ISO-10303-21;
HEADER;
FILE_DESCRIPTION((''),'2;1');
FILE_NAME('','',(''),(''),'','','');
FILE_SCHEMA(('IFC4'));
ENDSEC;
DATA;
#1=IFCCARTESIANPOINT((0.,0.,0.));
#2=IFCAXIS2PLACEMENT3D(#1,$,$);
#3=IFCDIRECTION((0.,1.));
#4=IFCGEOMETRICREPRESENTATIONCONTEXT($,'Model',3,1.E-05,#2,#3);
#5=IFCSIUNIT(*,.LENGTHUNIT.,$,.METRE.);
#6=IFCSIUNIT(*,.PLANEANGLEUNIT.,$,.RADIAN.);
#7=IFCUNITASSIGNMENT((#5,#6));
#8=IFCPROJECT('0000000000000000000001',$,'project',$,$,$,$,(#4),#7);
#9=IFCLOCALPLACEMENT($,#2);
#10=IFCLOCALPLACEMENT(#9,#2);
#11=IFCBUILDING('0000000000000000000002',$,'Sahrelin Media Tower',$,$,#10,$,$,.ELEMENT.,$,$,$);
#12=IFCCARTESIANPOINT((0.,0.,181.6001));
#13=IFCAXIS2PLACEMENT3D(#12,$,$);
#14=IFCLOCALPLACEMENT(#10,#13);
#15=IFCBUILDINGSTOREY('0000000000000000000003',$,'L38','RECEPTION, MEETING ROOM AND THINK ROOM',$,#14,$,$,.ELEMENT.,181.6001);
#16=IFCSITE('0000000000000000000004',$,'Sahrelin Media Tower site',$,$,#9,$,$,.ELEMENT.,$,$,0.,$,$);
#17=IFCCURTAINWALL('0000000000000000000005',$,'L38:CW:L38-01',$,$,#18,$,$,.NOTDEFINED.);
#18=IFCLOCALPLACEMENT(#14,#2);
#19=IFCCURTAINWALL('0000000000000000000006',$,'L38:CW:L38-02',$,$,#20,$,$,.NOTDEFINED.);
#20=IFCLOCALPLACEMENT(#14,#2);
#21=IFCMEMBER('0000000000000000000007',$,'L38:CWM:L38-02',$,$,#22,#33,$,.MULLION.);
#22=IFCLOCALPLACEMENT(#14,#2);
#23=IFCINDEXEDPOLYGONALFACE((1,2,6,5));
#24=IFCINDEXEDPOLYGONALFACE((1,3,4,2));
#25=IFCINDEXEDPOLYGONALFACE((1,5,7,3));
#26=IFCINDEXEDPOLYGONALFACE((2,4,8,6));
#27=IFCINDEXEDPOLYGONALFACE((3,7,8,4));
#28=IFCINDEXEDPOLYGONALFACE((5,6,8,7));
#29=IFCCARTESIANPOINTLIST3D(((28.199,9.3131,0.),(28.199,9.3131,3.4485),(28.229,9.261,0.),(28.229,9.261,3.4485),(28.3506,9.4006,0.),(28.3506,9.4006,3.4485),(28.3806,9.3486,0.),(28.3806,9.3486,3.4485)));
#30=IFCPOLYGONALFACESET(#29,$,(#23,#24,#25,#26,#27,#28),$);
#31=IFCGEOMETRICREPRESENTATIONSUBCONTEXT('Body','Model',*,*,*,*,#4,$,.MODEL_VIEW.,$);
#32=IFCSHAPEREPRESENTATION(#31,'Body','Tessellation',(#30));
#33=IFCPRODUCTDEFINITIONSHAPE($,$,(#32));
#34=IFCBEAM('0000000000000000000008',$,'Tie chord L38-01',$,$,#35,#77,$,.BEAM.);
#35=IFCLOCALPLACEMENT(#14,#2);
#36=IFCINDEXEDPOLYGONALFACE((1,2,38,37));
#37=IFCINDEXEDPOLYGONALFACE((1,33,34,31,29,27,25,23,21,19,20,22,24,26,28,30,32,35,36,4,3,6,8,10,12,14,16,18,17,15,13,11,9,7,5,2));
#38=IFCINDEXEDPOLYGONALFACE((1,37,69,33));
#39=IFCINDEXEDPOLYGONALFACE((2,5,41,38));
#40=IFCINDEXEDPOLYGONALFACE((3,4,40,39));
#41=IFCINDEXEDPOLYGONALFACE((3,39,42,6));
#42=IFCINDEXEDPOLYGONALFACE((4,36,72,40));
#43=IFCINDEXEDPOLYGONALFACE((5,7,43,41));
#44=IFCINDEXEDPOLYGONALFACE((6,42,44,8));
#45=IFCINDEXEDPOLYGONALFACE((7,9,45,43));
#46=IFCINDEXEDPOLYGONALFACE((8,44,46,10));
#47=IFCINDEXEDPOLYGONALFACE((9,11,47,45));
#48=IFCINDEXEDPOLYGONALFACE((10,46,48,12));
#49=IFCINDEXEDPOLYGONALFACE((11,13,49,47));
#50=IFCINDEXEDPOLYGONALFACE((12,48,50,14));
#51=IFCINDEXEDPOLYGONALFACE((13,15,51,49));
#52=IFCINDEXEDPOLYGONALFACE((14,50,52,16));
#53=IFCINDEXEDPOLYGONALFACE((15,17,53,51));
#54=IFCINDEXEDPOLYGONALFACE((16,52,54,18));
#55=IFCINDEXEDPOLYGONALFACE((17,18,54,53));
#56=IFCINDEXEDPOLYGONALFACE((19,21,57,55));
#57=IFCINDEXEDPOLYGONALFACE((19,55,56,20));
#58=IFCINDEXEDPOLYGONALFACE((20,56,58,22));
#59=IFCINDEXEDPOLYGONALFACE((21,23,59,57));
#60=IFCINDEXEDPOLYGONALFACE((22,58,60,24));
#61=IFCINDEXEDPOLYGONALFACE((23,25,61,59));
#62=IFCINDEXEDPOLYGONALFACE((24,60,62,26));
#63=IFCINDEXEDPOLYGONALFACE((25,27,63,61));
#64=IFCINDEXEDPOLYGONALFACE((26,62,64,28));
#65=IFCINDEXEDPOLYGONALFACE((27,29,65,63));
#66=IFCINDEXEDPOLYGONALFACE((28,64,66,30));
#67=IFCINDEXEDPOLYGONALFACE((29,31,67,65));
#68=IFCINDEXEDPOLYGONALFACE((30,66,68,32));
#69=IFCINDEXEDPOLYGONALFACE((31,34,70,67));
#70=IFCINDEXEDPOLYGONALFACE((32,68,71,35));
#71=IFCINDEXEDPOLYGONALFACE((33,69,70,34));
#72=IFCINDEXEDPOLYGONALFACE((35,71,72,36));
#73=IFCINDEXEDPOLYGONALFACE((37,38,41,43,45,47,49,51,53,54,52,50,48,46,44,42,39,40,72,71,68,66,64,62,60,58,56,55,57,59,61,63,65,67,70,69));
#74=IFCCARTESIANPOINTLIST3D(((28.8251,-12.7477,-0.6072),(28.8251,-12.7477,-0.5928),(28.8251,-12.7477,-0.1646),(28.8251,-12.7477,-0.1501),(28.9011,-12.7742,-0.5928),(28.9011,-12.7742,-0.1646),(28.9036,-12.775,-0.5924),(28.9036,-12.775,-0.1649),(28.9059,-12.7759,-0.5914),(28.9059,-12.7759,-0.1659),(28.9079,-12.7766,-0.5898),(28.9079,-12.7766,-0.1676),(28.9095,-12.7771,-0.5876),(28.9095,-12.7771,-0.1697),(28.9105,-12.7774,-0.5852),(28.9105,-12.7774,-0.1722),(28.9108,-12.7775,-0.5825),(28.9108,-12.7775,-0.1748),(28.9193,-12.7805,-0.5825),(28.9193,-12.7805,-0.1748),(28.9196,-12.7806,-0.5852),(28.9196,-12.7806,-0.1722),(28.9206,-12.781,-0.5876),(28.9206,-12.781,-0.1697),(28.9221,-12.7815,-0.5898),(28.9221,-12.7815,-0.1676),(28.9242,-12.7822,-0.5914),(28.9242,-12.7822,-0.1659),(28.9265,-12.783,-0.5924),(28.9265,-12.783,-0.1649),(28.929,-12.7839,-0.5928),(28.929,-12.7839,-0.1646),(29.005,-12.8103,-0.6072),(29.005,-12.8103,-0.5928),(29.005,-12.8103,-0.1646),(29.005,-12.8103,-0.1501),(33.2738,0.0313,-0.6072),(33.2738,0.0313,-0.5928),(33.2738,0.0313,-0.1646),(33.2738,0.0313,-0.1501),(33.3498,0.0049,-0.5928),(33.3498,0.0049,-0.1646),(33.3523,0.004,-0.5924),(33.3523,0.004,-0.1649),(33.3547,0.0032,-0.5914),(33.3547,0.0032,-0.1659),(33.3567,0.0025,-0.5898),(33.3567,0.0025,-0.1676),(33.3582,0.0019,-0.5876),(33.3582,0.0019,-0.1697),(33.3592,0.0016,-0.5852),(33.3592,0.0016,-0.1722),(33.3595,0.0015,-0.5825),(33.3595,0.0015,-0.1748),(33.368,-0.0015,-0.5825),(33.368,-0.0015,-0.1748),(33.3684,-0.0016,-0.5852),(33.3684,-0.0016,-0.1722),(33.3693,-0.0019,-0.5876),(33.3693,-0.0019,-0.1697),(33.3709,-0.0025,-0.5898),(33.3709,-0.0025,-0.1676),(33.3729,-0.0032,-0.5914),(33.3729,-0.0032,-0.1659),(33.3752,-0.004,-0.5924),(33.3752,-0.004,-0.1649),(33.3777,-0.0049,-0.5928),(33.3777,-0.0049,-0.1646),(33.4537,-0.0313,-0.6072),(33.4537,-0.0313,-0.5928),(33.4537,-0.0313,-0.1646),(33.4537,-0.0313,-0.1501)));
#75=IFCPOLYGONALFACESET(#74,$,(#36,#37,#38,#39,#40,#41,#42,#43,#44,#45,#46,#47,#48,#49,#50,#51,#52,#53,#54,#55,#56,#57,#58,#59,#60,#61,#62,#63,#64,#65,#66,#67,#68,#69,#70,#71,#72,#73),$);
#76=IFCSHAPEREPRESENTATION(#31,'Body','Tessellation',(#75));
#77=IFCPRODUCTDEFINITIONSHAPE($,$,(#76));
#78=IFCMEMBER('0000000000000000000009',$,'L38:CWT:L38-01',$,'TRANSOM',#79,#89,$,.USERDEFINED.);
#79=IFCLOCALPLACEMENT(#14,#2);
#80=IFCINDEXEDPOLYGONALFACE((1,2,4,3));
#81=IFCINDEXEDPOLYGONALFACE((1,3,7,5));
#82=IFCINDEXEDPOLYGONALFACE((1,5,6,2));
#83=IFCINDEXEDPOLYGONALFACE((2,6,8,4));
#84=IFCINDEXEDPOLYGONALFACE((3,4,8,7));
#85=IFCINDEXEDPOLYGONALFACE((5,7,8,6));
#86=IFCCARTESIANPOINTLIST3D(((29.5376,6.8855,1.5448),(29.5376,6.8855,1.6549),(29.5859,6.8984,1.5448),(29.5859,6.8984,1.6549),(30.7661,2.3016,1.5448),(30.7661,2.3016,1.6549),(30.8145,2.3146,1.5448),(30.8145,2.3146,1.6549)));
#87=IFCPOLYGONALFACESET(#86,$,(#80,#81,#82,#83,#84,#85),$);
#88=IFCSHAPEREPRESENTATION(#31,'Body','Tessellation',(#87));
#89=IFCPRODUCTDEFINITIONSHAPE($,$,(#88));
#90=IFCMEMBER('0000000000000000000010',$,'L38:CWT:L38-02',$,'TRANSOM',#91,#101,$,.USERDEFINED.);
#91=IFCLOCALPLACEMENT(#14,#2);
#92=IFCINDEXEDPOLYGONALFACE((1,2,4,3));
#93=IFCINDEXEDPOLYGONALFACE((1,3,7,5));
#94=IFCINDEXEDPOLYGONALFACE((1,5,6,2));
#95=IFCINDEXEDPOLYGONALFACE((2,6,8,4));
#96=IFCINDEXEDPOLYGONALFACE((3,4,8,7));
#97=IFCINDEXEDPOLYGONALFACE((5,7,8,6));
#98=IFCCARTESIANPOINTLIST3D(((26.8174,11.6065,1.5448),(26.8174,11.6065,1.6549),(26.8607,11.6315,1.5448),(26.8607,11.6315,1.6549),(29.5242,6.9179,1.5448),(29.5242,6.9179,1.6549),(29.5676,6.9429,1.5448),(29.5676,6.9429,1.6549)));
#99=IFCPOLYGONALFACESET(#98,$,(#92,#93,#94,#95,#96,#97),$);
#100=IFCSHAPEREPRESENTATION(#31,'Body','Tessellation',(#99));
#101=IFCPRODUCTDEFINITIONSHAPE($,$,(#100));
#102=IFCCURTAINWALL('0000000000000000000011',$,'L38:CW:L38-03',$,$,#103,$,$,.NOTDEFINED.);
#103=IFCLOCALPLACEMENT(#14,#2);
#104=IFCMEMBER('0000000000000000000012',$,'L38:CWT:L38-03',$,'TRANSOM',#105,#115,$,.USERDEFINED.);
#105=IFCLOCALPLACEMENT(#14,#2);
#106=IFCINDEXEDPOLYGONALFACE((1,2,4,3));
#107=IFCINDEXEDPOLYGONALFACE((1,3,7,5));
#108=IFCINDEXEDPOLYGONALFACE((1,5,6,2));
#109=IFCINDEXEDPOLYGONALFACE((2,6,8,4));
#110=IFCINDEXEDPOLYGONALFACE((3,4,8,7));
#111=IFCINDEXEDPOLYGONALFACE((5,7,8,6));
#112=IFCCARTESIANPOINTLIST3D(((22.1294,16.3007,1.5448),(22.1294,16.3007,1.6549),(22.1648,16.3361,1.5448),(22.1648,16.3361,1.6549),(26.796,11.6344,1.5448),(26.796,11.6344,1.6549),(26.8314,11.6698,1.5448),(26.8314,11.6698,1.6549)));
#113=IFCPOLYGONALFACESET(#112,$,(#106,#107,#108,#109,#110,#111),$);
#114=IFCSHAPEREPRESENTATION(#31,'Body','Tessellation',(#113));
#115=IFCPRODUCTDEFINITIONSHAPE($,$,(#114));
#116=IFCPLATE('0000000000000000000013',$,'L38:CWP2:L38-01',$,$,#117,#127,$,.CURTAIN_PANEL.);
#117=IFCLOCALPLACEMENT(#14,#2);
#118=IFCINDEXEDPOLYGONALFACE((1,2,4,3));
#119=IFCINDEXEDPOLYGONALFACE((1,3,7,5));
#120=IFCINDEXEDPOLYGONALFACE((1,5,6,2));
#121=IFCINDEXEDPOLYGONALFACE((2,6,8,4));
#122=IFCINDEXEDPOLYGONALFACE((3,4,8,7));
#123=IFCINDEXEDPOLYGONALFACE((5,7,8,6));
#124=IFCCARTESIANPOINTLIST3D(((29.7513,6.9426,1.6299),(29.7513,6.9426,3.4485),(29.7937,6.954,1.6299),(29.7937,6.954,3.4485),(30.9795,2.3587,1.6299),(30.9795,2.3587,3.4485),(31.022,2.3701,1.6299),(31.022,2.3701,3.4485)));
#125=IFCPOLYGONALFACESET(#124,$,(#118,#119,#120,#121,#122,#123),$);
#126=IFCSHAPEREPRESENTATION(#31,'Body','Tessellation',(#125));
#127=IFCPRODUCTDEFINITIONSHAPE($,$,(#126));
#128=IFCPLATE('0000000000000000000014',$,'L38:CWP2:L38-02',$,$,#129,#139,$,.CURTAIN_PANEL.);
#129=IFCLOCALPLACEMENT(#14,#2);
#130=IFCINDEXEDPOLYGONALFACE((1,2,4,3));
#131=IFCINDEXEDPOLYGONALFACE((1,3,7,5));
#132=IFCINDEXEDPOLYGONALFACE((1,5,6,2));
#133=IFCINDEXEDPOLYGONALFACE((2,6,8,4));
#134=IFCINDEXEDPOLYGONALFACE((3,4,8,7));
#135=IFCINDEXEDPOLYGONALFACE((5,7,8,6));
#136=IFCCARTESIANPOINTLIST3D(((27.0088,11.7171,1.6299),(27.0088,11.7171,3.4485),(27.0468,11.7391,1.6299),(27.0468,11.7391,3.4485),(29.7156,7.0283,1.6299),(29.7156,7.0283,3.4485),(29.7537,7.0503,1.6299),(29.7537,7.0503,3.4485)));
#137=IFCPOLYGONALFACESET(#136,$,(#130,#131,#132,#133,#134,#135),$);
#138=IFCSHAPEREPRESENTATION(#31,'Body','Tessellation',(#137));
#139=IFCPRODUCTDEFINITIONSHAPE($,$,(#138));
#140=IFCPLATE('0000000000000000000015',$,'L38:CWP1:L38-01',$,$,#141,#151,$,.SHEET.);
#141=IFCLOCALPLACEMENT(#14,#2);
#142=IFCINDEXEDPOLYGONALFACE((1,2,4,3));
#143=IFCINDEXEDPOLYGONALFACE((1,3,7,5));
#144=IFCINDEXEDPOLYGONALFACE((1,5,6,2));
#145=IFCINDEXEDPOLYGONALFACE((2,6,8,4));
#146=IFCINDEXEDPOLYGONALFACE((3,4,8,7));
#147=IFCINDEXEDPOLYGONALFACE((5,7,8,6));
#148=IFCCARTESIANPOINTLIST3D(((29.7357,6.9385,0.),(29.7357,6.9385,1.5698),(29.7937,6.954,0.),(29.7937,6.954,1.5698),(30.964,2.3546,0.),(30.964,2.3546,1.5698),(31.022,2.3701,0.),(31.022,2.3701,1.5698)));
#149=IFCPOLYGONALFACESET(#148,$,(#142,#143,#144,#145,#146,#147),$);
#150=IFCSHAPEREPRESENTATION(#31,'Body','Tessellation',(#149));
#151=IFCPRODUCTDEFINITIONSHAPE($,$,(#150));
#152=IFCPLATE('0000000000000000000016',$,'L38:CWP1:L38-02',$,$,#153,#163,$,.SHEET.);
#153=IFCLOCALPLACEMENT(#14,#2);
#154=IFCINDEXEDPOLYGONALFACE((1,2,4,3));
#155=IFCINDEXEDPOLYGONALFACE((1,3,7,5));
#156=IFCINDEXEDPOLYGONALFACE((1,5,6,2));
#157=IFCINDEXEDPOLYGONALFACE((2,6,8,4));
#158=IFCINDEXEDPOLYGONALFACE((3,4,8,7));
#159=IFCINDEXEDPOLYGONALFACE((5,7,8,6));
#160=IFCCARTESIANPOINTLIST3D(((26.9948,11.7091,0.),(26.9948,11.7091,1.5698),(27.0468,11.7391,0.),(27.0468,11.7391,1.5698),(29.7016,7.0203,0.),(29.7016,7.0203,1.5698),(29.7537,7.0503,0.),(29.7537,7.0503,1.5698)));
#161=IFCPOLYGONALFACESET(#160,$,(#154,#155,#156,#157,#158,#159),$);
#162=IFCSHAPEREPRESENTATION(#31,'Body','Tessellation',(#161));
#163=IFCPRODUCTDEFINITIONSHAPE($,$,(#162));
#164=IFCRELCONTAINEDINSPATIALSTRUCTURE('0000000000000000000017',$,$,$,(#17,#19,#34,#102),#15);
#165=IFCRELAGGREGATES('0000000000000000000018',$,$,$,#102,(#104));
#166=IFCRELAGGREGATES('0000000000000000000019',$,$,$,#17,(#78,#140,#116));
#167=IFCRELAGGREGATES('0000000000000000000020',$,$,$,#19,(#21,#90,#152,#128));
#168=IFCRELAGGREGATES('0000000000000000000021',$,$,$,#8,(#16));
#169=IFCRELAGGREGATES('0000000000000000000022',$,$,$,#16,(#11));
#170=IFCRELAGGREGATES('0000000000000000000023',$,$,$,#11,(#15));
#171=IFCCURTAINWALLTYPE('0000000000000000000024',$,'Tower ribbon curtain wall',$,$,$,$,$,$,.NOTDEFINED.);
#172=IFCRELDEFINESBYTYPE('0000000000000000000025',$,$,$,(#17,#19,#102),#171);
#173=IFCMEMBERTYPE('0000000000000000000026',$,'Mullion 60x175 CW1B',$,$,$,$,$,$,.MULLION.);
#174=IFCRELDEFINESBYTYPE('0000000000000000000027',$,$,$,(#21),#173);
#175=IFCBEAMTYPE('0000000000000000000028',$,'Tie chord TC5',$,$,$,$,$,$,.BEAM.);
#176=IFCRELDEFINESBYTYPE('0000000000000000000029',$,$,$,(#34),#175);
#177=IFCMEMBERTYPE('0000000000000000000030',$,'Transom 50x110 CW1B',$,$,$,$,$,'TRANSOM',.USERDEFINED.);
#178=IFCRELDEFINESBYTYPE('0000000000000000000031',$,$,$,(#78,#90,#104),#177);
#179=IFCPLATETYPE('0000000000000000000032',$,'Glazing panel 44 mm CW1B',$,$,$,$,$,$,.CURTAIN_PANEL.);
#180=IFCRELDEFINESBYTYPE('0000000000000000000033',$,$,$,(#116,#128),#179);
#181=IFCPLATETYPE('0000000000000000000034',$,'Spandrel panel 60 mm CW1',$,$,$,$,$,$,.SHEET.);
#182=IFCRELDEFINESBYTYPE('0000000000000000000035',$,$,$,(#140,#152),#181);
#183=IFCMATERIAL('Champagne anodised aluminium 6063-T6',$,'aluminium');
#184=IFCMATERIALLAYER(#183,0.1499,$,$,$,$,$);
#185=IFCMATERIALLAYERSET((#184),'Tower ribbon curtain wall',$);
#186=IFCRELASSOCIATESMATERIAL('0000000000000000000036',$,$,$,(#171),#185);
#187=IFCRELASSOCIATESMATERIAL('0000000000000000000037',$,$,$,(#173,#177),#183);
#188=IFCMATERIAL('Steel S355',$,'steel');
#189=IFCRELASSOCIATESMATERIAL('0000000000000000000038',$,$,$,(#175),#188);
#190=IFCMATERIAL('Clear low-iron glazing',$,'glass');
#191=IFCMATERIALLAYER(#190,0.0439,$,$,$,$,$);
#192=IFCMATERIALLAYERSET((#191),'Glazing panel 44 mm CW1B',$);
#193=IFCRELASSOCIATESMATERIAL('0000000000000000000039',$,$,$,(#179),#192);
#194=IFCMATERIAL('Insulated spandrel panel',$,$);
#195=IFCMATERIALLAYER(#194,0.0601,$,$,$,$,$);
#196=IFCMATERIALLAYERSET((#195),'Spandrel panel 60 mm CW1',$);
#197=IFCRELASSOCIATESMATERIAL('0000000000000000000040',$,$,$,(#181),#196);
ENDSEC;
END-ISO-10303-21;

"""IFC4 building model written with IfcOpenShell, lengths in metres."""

from ifc_helpers import new_model, si_unit, direction, frame, origin, origin_2d, place, context, subcontext, project, spatial, polyline, rectangle, i_section, outline, extrude, material, layer, layer_set, material_profile, profile_set, type_object, element, aggregate, save


model = new_model("IFC4")

# Units and contexts
model_context = context("Model", 3, precision=1e-05, world=origin(), true_north=direction((0.0, 1.0)))
body_context = subcontext(model_context, "Body", "Model", "MODEL_VIEW")
ifc_project = project(units=[si_unit("LENGTHUNIT", "METRE"), si_unit("PLANEANGLEUNIT", "RADIAN")], contexts=[model_context])

# Site, building, storey
site_placement = place(None, origin())
site = spatial("IfcSite", under=ifc_project, at=site_placement, Name="Sahrelin Media Tower site", CompositionType="ELEMENT", RefElevation=0.0)
building_placement = place(site_placement, origin())
building = spatial("IfcBuilding", under=site, at=building_placement, Name="Sahrelin Media Tower", CompositionType="ELEMENT")
storey_placement = place(building_placement, frame((0.0, 0.0, 181.6001)))
storey = spatial("IfcBuildingStorey", under=building, at=storey_placement, Name="L38", Description="RECEPTION, MEETING ROOM AND THINK ROOM", CompositionType="ELEMENT", Elevation=181.6001)

# Shared definitions
ifc_material_1 = material(Name="Steel S355", Category="steel")

# Curtain walls, member
ifc_material_2 = material(Name="Champagne anodised aluminium 6063-T6", Category="aluminium")
ifc_layer_1 = layer(ifc_material_2, 0.1499)
ifc_layer_set_1 = layer_set([ifc_layer_1], Name="Tower ribbon curtain wall")
curtain_wall_type = type_object("IfcCurtainWallType", Name="Tower ribbon curtain wall", PredefinedType="NOTDEFINED", material=ifc_layer_set_1)
ifc_material_profile_1 = material_profile(ifc_material_2, rectangle(XDim=0.0601, YDim=0.175, at=origin_2d()), Name="Mullion 60x175")
ifc_profile_set_1 = profile_set([ifc_material_profile_1], Name="Champagne anodised aluminium 6063-T6")
member_type_1 = type_object("IfcMemberType", Name="Mullion 60x175 CW1B", PredefinedType="MULLION", material=ifc_profile_set_1)
curtain_wall_1_placement = place(storey_placement, frame((30.3884, 4.6567, 0.0), z_axis=(0.0, 0.0, 1.0), x_axis=(1.0, 0.0, 0.0)))
curtain_wall_1 = element("IfcCurtainWall", 1, at=curtain_wall_1_placement, inside=storey, type_object=curtain_wall_type, Name="L38:CW:L38-01", PredefinedType="NOTDEFINED")
curtain_wall_2_placement = place(storey_placement, frame((28.3831, 9.3848, 0.0), z_axis=(0.0, 0.0, 1.0), x_axis=(1.0, 0.0, 0.0)))
curtain_wall_2 = element("IfcCurtainWall", 2, at=curtain_wall_2_placement, inside=storey, type_object=curtain_wall_type, Name="L38:CW:L38-02", PredefinedType="NOTDEFINED")
member_1_placement = place(storey_placement, frame((28.2898, 9.3308, 0.0), z_axis=(0.0, 0.0, 1.0), x_axis=(-0.5, 0.866025, 0.0)))
member_1 = element("IfcMember", 3, at=member_1_placement, type_object=member_type_1, Name="L38:CWM:L38-02", PredefinedType="MULLION", context=body_context, shape_type="SweptSolid", body=[
    extrude(rectangle(XDim=0.0601, YDim=0.175, at=origin_2d()), origin(), (0.0, 0.0, 1.0), 3.4485),
])

# Beam
ifc_material_profile_2 = material_profile(ifc_material_1, i_section(OverallWidth=0.1904, OverallDepth=0.457, WebThickness=0.009, FlangeThickness=0.0144, FilletRadius=0.0103, at=origin_2d()), Name="UB 457x191x74")
ifc_profile_set_2 = profile_set([ifc_material_profile_2], Name="Steel S355")
beam_type_1 = type_object("IfcBeamType", Name="Tie chord TC5", PredefinedType="BEAM", material=ifc_profile_set_2)
beam_1_placement = place(storey_placement, frame((33.3638, 0.0, -0.3787), z_axis=(-0.328774, -0.944409, 0.0), x_axis=(0.944409, -0.328774, 0.0)))
element("IfcBeam", 4, at=beam_1_placement, inside=storey, type_object=beam_type_1, Name="Tie chord L38-01", PredefinedType="BEAM", context=body_context, shape_type="SweptSolid", body=[
    extrude(i_section(OverallWidth=0.1904, OverallDepth=0.457, WebThickness=0.009, FlangeThickness=0.0144, FilletRadius=0.0103, at=origin_2d()), origin(), (0.0, 0.0, 1.0), 13.5312),
])

# Members
ifc_material_profile_3 = material_profile(ifc_material_2, rectangle(XDim=0.05, YDim=0.1101, at=origin_2d()), Name="Transom 50x110")
ifc_profile_set_3 = profile_set([ifc_material_profile_3], Name="Champagne anodised aluminium 6063-T6")
member_type_2 = type_object("IfcMemberType", Name="Transom 50x110 CW1B", ElementType="TRANSOM", PredefinedType="USERDEFINED", material=ifc_profile_set_3)
member_2_placement = place(storey_placement, frame((30.7903, 2.3081, 1.5999), z_axis=(-0.258879, 0.96591, 0.0), x_axis=(-0.96591, -0.258879, 0.0)))
member_2 = element("IfcMember", 5, at=member_2_placement, type_object=member_type_2, Name="L38:CWT:L38-01", ObjectType="TRANSOM", PredefinedType="USERDEFINED", context=body_context, shape_type="SweptSolid", body=[
    extrude(rectangle(XDim=0.05, YDim=0.1101, at=origin_2d()), origin(), (0.0, 0.0, 1.0), 4.7456),
])
member_3_placement = place(storey_placement, frame((29.5459, 6.9304, 1.5999), z_axis=(-0.499985, 0.866034, 0.0), x_axis=(-0.866034, -0.499985, 0.0)))
member_3 = element("IfcMember", 6, at=member_3_placement, type_object=member_type_2, Name="L38:CWT:L38-02", ObjectType="TRANSOM", PredefinedType="USERDEFINED", context=body_context, shape_type="SweptSolid", body=[
    extrude(rectangle(XDim=0.05, YDim=0.1101, at=origin_2d()), origin(), (0.0, 0.0, 1.0), 5.4138),
])

# Curtain wall, member
curtain_wall_3_placement = place(storey_placement, frame((24.636, 14.1406, 0.0), z_axis=(0.0, 0.0, 1.0), x_axis=(1.0, 0.0, 0.0)))
curtain_wall_3 = element("IfcCurtainWall", 7, at=curtain_wall_3_placement, inside=storey, type_object=curtain_wall_type, Name="L38:CW:L38-03", PredefinedType="NOTDEFINED")
member_4_placement = place(storey_placement, frame((26.8137, 11.6521, 1.5999), z_axis=(-0.707125, 0.707088, 0.0), x_axis=(-0.707088, -0.707125, 0.0)))
member_4 = element("IfcMember", 8, at=member_4_placement, type_object=member_type_2, Name="L38:CWT:L38-03", ObjectType="TRANSOM", PredefinedType="USERDEFINED", context=body_context, shape_type="SweptSolid", body=[
    extrude(rectangle(XDim=0.05, YDim=0.1101, at=origin_2d()), origin(), (0.0, 0.0, 1.0), 6.5994),
])
aggregate(curtain_wall_3, [member_4])

# Plates
ifc_material_3 = material(Name="Clear low-iron glazing", Category="glass")
ifc_layer_2 = layer(ifc_material_3, 0.0439)
ifc_layer_set_2 = layer_set([ifc_layer_2], Name="Glazing panel 44 mm CW1B")
plate_type_1 = type_object("IfcPlateType", Name="Glazing panel 44 mm CW1B", PredefinedType="CURTAIN_PANEL", material=ifc_layer_set_2)
plate_1_placement = place(storey_placement, frame((31.022, 2.3701, 1.6299), z_axis=(0.965926, 0.258818, 0.0), x_axis=(-0.258818, 0.965926, 0.0)))
plate_1 = element("IfcPlate", 9, at=plate_1_placement, type_object=plate_type_1, Name="L38:CWP2:L38-01", PredefinedType="CURTAIN_PANEL", context=body_context, shape_type="SweptSolid", body=[
    extrude(outline(polyline([(0.0, 0.0), (4.7456, 0.0), (4.7456, 1.8186), (0.0, 1.8186), (0.0, 0.0)])), origin(), (0.0, 0.0, -1.0), 0.0439),
])
plate_2_placement = place(storey_placement, frame((29.7537, 7.0503, 1.6299), z_axis=(0.866045, 0.499966, 0.0), x_axis=(-0.499966, 0.866045, 0.0)))
plate_2 = element("IfcPlate", 10, at=plate_2_placement, type_object=plate_type_1, Name="L38:CWP2:L38-02", PredefinedType="CURTAIN_PANEL", context=body_context, shape_type="SweptSolid", body=[
    extrude(outline(polyline([(0.0, 0.0), (5.4141, 0.0), (5.4141, 1.8186), (0.0, 1.8186), (0.0, 0.0)])), origin(), (0.0, 0.0, -1.0), 0.0439),
])
ifc_material_4 = material(Name="Insulated spandrel panel")
ifc_layer_3 = layer(ifc_material_4, 0.0601)
ifc_layer_set_3 = layer_set([ifc_layer_3], Name="Spandrel panel 60 mm CW1")
plate_type_2 = type_object("IfcPlateType", Name="Spandrel panel 60 mm CW1", PredefinedType="SHEET", material=ifc_layer_set_3)
plate_3_placement = place(storey_placement, frame((31.022, 2.3701, 0.0), z_axis=(0.965926, 0.258818, 0.0), x_axis=(-0.258818, 0.965926, 0.0)))
plate_3 = element("IfcPlate", 11, at=plate_3_placement, type_object=plate_type_2, Name="L38:CWP1:L38-01", PredefinedType="SHEET", context=body_context, shape_type="SweptSolid", body=[
    extrude(outline(polyline([(0.0, 0.0), (4.7456, 0.0), (4.7456, 1.5698), (0.0, 1.5698), (0.0, 0.0)])), origin(), (0.0, 0.0, -1.0), 0.0601),
])
aggregate(curtain_wall_1, [member_2, plate_3, plate_1])
plate_4_placement = place(storey_placement, frame((29.7537, 7.0503, 0.0), z_axis=(0.866045, 0.499966, 0.0), x_axis=(-0.499966, 0.866045, 0.0)))
plate_4 = element("IfcPlate", 12, at=plate_4_placement, type_object=plate_type_2, Name="L38:CWP1:L38-02", PredefinedType="SHEET", context=body_context, shape_type="SweptSolid", body=[
    extrude(outline(polyline([(0.0, 0.0), (5.4141, 0.0), (5.4141, 1.5698), (0.0, 1.5698), (0.0, 0.0)])), origin(), (0.0, 0.0, -1.0), 0.0601),
])
aggregate(curtain_wall_2, [member_1, member_3, plate_4, plate_2])

save(model, "model.ifc")
